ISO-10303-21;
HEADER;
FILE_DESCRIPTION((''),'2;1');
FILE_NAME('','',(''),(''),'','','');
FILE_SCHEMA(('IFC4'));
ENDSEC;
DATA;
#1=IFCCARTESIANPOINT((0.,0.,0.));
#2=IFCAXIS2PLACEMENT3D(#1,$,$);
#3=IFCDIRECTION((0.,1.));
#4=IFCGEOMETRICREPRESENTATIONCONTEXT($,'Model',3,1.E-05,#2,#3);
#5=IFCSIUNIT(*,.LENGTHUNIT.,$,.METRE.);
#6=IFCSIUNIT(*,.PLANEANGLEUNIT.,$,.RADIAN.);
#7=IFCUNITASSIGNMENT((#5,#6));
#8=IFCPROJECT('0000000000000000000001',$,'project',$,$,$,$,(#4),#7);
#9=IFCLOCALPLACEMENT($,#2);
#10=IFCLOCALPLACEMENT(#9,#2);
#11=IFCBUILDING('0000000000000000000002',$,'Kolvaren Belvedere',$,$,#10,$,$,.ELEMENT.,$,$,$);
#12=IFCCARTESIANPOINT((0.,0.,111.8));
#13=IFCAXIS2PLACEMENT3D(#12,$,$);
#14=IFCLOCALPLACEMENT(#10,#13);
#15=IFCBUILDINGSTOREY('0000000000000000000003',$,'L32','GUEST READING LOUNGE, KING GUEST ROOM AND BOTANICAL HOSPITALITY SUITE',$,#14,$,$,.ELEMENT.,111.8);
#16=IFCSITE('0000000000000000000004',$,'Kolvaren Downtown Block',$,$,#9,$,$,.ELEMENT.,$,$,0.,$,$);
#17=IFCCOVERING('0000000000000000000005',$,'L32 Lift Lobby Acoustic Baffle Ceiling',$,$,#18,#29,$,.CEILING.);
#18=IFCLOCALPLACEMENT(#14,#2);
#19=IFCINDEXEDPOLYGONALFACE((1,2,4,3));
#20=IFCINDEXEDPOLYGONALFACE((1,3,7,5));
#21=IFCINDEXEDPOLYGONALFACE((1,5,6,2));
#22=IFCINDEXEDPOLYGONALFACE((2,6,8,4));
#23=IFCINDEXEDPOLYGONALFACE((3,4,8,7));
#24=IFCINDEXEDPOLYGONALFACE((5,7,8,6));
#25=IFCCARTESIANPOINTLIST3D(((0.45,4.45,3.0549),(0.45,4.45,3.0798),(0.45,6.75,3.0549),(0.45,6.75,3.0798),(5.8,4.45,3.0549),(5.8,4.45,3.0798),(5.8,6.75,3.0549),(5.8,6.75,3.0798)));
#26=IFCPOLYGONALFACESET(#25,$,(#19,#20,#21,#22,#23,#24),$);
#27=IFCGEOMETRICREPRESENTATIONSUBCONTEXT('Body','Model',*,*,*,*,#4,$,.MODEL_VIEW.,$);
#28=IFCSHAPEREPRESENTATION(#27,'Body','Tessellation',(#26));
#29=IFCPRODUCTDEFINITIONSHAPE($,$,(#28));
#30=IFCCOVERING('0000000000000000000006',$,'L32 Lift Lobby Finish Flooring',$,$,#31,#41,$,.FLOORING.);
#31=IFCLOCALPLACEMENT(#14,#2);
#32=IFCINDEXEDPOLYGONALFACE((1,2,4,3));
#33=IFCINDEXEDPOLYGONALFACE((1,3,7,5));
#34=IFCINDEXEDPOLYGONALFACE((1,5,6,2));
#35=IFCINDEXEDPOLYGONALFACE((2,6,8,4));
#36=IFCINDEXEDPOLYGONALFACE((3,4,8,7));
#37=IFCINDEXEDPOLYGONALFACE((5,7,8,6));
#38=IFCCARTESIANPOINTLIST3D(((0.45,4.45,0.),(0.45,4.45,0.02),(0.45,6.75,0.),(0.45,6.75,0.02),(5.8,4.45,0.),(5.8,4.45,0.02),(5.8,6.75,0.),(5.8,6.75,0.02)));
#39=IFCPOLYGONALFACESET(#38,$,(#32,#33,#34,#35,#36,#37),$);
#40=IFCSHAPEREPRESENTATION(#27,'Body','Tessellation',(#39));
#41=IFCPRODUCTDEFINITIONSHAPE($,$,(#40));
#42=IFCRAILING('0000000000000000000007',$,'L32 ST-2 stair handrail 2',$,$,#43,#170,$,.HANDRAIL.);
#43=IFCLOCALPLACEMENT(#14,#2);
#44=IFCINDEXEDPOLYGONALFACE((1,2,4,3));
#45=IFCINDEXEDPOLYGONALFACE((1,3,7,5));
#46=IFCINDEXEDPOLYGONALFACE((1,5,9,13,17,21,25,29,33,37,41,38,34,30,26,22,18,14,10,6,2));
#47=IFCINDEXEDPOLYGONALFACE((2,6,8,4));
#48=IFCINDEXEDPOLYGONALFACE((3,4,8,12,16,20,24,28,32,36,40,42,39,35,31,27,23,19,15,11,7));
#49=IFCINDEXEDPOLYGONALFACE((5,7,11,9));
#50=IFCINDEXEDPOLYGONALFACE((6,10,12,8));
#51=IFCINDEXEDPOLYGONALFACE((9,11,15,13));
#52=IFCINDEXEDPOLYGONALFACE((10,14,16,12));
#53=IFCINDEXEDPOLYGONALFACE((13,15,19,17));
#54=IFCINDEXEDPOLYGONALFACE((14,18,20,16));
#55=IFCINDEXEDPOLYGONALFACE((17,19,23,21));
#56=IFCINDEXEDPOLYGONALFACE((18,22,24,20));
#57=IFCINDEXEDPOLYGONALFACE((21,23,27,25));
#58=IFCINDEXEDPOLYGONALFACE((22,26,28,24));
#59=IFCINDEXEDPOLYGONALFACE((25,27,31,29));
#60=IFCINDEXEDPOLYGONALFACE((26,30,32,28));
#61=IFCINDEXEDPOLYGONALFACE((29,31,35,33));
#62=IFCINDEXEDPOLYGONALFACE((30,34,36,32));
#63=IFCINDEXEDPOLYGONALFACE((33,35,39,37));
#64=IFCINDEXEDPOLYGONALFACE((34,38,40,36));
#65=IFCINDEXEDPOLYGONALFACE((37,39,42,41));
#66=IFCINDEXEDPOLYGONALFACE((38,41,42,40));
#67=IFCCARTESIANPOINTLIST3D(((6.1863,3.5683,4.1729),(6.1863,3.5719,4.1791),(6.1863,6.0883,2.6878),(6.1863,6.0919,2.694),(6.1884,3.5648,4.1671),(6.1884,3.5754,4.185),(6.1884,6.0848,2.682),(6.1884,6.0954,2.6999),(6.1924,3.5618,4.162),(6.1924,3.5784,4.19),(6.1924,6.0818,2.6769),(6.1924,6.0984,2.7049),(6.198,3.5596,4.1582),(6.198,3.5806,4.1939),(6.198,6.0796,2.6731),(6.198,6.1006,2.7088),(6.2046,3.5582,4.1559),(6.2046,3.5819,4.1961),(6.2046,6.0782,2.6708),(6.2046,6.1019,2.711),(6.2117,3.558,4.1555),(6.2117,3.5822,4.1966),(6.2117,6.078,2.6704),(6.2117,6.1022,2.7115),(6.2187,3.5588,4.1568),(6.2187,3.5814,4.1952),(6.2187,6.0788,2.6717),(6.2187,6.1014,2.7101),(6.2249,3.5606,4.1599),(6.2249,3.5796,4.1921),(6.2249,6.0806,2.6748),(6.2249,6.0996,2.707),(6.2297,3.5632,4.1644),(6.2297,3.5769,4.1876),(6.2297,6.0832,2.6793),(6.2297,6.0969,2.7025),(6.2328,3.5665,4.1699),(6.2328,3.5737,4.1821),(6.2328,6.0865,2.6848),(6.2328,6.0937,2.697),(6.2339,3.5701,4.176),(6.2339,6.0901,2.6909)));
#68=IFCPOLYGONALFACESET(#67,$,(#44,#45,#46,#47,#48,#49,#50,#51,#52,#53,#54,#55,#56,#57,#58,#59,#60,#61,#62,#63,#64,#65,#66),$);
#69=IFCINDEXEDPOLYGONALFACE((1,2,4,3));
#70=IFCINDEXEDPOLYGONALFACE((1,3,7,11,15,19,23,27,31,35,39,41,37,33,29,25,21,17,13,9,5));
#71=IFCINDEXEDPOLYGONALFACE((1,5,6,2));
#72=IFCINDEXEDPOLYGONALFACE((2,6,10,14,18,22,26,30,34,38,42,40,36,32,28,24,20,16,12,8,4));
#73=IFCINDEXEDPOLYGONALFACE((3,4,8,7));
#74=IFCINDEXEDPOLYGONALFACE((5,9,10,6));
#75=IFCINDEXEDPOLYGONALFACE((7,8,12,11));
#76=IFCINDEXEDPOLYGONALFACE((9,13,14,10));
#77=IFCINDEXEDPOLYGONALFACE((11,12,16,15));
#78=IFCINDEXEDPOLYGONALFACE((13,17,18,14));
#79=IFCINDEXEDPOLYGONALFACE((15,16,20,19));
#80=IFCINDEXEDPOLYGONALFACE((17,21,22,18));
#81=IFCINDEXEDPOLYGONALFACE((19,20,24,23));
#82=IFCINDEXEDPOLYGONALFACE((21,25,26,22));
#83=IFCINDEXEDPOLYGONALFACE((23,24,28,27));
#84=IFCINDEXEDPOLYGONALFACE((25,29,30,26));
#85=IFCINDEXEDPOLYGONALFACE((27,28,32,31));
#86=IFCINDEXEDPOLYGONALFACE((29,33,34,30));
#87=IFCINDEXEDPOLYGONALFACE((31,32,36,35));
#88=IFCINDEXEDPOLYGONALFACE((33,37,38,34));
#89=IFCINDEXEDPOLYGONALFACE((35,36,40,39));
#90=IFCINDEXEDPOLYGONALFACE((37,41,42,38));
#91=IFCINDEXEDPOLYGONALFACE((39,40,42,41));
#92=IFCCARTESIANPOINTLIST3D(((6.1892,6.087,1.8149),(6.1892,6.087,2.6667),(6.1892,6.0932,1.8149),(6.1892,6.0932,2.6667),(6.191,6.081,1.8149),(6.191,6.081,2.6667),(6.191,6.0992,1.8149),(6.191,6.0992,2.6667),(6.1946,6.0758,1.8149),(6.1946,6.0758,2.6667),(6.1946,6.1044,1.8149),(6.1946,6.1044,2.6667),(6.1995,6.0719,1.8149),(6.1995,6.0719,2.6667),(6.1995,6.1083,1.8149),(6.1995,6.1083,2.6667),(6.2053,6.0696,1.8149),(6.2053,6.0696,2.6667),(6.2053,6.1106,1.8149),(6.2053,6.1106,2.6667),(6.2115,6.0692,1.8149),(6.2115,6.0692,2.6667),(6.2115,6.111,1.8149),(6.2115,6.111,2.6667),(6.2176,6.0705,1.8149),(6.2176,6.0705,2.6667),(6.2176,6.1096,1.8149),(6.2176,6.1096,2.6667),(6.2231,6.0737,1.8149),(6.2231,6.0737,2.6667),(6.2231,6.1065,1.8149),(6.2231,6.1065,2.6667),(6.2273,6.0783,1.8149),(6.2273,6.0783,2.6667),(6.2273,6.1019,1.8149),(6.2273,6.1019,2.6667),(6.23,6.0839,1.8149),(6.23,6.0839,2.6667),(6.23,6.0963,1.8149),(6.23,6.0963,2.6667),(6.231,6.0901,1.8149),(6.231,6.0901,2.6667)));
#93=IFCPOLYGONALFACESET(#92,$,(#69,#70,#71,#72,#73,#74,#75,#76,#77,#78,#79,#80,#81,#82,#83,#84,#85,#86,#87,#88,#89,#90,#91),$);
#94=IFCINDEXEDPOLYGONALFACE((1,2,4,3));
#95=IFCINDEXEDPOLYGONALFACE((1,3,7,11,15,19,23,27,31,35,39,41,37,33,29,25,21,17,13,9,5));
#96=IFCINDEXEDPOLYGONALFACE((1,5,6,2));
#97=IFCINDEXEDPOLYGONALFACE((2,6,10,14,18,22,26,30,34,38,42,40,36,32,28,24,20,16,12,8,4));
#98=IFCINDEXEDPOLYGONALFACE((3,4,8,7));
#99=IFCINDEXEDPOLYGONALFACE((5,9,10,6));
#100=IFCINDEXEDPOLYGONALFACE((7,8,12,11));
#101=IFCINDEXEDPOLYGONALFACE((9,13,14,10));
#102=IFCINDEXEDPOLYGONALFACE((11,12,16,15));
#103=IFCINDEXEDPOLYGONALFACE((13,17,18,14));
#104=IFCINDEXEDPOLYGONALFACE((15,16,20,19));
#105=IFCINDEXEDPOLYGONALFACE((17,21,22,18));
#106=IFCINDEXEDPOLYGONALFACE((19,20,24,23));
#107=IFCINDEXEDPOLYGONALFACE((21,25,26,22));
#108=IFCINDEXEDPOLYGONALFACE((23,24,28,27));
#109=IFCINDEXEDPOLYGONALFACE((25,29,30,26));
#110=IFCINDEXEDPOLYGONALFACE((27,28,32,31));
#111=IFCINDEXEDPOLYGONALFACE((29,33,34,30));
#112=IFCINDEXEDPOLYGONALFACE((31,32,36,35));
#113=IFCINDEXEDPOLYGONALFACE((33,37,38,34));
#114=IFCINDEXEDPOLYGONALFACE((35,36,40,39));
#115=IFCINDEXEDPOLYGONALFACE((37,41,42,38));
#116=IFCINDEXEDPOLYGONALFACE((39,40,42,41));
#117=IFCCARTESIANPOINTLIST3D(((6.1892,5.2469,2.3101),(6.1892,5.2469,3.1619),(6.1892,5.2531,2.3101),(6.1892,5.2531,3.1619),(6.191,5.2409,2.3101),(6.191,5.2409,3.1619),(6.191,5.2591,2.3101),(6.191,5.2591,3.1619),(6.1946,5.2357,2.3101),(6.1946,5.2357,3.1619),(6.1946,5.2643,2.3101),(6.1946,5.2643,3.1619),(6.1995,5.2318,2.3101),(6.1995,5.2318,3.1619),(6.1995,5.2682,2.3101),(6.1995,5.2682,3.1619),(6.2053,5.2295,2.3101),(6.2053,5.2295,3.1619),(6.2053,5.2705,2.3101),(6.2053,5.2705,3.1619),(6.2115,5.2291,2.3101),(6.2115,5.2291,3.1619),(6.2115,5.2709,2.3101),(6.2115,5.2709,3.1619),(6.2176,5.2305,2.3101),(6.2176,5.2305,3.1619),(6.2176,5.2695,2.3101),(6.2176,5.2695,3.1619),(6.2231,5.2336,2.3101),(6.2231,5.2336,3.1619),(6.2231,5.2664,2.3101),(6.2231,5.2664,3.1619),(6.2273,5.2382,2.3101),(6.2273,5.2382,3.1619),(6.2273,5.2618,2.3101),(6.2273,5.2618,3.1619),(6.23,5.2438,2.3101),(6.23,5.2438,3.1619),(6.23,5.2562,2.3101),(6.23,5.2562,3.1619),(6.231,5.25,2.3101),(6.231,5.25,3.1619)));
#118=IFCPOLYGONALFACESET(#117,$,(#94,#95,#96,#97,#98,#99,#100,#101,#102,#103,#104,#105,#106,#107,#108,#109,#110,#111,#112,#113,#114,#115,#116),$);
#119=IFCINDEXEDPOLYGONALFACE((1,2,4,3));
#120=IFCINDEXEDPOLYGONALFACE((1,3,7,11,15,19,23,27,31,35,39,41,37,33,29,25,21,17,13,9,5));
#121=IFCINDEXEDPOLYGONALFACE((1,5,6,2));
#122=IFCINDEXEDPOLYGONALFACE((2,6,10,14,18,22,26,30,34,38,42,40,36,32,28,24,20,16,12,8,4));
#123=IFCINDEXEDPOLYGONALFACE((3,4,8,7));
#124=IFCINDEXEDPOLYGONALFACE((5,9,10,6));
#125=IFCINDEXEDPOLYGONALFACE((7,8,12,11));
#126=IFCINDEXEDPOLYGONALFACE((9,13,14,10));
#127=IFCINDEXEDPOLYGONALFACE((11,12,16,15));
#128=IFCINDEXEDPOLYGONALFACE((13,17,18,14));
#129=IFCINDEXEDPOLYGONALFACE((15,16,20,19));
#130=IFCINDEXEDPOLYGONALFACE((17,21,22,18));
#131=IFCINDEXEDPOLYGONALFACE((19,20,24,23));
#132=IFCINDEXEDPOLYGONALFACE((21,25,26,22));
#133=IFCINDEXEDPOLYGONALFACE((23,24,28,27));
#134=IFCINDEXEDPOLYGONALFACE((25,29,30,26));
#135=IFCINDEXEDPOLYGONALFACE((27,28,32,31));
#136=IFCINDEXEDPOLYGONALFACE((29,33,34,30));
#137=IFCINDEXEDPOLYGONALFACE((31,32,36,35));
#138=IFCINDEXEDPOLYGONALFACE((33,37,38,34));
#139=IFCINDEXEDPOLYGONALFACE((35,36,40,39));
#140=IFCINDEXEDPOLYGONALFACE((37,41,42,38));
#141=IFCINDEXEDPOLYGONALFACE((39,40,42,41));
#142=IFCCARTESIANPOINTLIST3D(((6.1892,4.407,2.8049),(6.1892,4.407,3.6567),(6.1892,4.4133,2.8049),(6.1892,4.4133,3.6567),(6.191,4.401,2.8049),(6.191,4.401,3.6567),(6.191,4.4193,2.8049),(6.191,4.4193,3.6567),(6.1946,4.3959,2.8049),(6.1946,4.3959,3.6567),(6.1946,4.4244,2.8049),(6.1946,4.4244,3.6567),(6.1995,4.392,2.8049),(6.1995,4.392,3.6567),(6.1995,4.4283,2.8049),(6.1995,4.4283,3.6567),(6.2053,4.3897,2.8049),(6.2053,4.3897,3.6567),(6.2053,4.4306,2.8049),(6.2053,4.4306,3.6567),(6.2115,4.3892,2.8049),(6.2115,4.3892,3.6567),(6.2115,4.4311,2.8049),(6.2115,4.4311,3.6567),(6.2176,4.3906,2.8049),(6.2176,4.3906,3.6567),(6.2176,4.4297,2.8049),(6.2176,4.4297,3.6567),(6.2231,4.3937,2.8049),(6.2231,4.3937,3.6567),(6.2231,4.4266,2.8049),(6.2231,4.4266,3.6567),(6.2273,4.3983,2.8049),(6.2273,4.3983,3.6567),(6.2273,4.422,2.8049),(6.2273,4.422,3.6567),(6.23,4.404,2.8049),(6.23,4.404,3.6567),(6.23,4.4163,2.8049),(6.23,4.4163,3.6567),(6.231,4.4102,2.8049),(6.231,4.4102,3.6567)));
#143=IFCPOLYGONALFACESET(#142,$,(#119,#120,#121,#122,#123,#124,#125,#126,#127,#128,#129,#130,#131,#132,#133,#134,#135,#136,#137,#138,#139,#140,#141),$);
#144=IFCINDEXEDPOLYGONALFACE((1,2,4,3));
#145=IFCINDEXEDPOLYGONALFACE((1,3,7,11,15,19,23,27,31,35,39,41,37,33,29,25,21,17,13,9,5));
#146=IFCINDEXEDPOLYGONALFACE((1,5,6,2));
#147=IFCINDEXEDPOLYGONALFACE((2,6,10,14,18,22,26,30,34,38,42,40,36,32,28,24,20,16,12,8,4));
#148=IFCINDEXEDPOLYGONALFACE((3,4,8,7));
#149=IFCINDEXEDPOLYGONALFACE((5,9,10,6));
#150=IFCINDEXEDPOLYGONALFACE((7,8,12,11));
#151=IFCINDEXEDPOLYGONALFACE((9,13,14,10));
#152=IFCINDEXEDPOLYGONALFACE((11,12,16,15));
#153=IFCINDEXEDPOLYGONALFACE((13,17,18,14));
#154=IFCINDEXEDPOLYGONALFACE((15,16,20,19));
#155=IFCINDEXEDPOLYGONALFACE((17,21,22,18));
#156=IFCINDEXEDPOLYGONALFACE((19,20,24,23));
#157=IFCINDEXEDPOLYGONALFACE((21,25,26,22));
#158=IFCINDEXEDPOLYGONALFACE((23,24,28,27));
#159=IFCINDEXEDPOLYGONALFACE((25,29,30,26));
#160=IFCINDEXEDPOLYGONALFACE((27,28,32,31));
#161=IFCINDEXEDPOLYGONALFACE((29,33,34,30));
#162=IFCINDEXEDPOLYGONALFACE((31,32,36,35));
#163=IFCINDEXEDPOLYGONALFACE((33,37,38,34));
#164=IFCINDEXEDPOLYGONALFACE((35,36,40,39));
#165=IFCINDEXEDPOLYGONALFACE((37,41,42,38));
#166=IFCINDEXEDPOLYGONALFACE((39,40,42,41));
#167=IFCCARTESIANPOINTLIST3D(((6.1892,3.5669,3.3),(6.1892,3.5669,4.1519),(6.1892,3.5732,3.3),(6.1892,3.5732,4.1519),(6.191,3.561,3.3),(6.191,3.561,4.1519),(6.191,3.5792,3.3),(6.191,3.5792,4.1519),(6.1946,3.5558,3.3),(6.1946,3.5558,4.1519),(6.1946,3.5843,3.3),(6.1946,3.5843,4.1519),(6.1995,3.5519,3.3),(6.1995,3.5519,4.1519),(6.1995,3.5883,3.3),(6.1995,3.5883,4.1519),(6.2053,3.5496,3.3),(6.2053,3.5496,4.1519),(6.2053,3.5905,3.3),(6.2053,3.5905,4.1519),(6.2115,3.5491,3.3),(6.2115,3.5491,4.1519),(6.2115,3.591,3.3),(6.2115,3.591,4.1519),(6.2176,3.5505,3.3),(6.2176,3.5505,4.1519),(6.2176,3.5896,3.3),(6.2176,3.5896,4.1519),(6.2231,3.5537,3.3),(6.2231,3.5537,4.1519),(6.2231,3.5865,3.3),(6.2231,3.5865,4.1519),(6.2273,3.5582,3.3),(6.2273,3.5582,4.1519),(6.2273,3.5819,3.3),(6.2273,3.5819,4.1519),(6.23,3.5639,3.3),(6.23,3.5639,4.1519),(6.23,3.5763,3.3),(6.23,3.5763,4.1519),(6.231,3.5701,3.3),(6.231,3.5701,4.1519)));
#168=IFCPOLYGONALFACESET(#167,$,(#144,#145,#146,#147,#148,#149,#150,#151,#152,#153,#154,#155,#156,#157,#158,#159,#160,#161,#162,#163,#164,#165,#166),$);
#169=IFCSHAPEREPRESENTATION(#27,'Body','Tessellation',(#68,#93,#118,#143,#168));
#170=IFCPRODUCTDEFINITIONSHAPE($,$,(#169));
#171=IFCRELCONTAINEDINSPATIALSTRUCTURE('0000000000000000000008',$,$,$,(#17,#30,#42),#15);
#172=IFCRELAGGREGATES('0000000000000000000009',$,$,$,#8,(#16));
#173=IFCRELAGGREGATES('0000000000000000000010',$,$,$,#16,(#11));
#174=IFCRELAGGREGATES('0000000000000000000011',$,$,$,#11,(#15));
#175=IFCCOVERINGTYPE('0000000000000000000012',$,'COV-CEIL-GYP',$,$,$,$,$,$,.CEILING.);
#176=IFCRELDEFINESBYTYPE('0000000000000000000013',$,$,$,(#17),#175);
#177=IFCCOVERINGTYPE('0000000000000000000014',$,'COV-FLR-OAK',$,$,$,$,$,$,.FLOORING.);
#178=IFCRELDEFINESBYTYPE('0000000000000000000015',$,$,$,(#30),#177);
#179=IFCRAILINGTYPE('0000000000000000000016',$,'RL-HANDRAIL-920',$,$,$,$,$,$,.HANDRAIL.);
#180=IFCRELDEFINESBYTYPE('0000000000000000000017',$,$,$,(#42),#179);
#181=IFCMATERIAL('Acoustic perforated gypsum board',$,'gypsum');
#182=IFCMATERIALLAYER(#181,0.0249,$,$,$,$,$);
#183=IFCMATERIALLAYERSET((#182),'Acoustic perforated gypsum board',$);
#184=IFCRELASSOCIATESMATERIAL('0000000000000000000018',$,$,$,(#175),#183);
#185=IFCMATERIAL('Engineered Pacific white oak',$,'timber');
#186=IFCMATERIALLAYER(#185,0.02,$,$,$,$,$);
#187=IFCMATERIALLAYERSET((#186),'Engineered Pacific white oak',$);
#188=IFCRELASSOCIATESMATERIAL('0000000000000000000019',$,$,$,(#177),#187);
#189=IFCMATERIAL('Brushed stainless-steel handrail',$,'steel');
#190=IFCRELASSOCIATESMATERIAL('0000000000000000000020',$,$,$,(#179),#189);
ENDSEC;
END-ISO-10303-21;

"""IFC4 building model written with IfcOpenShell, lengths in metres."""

from ifc_helpers import new_model, si_unit, direction, frame, origin, origin_2d, place, context, subcontext, project, spatial, polyline, circle, outline, extrude, material, layer, layer_set, type_object, element, save


model = new_model("IFC4")

# Units and contexts
model_context = context("Model", 3, precision=1e-05, world=origin(), true_north=direction((0.0, 1.0)))
body_context = subcontext(model_context, "Body", "Model", "MODEL_VIEW")
ifc_project = project(units=[si_unit("LENGTHUNIT", "METRE"), si_unit("PLANEANGLEUNIT", "RADIAN")], contexts=[model_context])

# Site, building, storey
site_placement = place(None, origin())
site = spatial("IfcSite", under=ifc_project, at=site_placement, Name="Kolvaren Downtown Block", CompositionType="ELEMENT", RefElevation=0.0)
building_placement = place(site_placement, origin())
building = spatial("IfcBuilding", under=site, at=building_placement, Name="Kolvaren Belvedere", CompositionType="ELEMENT")
storey_placement = place(building_placement, frame((0.0, 0.0, 111.8)))
storey = spatial("IfcBuildingStorey", under=building, at=storey_placement, Name="L32", Description="GUEST READING LOUNGE, KING GUEST ROOM AND BOTANICAL HOSPITALITY SUITE", CompositionType="ELEMENT", Elevation=111.8)

# Coverings
ifc_material_1 = material(Name="Acoustic perforated gypsum board", Category="gypsum")
ifc_layer_1 = layer(ifc_material_1, 0.0249)
ifc_layer_set_1 = layer_set([ifc_layer_1], Name="Acoustic perforated gypsum board")
covering_type_1 = type_object("IfcCoveringType", Name="COV-CEIL-GYP", PredefinedType="CEILING", material=ifc_layer_set_1)
covering_1_placement = place(storey_placement, frame((0.0, 0.0, 3.0549)))
element("IfcCovering", 1, at=covering_1_placement, inside=storey, type_object=covering_type_1, Name="L32 Lift Lobby Acoustic Baffle Ceiling", PredefinedType="CEILING", context=body_context, shape_type="SweptSolid", body=[
    extrude(outline(polyline([(0.45, 4.45), (5.8, 4.45), (5.8, 6.75), (0.45, 6.75), (0.45, 4.45)])), origin(), (0.0, 0.0, 1.0), 0.0249),
])
ifc_material_2 = material(Name="Engineered Pacific white oak", Category="timber")
ifc_layer_2 = layer(ifc_material_2, 0.02)
ifc_layer_set_2 = layer_set([ifc_layer_2], Name="Engineered Pacific white oak")
covering_type_2 = type_object("IfcCoveringType", Name="COV-FLR-OAK", PredefinedType="FLOORING", material=ifc_layer_set_2)
covering_2_placement = place(storey_placement, origin())
element("IfcCovering", 2, at=covering_2_placement, inside=storey, type_object=covering_type_2, Name="L32 Lift Lobby Finish Flooring", PredefinedType="FLOORING", context=body_context, shape_type="SweptSolid", body=[
    extrude(outline(polyline([(0.45, 4.45), (5.8, 4.45), (5.8, 6.75), (0.45, 6.75), (0.45, 4.45)])), origin(), (0.0, 0.0, 1.0), 0.02),
])

# Railing
ifc_material_3 = material(Name="Brushed stainless-steel handrail", Category="steel")
railing_type_1 = type_object("IfcRailingType", Name="RL-HANDRAIL-920", PredefinedType="HANDRAIL", material=ifc_material_3)
railing_1_placement = place(storey_placement, frame((6.21, 6.0901, 1.8149)))
element("IfcRailing", 3, at=railing_1_placement, inside=storey, type_object=railing_type_1, Name="L32 ST-2 stair handrail 2", PredefinedType="HANDRAIL", context=body_context, shape_type="SweptSolid", body=[
    extrude(circle(Radius=0.0239, at=origin_2d()), frame((0.0, 0.0, 0.876), z_axis=(0.0, -0.861524, 0.507717), x_axis=(1.0, 0.0, 0.0)), (0.0, 0.0, 1.0), 2.925),
    extrude(circle(Radius=0.021, at=origin_2d()), origin(), (0.0, 0.0, 1.0), 0.8518),
    extrude(circle(Radius=0.021, at=origin_2d()), frame((0.0, -0.8401, 0.4951)), (0.0, 0.0, 1.0), 0.8518),
    extrude(circle(Radius=0.021, at=origin_2d()), frame((0.0, -1.6799, 0.99)), (0.0, 0.0, 1.0), 0.8518),
    extrude(circle(Radius=0.021, at=origin_2d()), frame((0.0, -2.52, 1.4851)), (0.0, 0.0, 1.0), 0.8518),
])

save(model, "model.ifc")
